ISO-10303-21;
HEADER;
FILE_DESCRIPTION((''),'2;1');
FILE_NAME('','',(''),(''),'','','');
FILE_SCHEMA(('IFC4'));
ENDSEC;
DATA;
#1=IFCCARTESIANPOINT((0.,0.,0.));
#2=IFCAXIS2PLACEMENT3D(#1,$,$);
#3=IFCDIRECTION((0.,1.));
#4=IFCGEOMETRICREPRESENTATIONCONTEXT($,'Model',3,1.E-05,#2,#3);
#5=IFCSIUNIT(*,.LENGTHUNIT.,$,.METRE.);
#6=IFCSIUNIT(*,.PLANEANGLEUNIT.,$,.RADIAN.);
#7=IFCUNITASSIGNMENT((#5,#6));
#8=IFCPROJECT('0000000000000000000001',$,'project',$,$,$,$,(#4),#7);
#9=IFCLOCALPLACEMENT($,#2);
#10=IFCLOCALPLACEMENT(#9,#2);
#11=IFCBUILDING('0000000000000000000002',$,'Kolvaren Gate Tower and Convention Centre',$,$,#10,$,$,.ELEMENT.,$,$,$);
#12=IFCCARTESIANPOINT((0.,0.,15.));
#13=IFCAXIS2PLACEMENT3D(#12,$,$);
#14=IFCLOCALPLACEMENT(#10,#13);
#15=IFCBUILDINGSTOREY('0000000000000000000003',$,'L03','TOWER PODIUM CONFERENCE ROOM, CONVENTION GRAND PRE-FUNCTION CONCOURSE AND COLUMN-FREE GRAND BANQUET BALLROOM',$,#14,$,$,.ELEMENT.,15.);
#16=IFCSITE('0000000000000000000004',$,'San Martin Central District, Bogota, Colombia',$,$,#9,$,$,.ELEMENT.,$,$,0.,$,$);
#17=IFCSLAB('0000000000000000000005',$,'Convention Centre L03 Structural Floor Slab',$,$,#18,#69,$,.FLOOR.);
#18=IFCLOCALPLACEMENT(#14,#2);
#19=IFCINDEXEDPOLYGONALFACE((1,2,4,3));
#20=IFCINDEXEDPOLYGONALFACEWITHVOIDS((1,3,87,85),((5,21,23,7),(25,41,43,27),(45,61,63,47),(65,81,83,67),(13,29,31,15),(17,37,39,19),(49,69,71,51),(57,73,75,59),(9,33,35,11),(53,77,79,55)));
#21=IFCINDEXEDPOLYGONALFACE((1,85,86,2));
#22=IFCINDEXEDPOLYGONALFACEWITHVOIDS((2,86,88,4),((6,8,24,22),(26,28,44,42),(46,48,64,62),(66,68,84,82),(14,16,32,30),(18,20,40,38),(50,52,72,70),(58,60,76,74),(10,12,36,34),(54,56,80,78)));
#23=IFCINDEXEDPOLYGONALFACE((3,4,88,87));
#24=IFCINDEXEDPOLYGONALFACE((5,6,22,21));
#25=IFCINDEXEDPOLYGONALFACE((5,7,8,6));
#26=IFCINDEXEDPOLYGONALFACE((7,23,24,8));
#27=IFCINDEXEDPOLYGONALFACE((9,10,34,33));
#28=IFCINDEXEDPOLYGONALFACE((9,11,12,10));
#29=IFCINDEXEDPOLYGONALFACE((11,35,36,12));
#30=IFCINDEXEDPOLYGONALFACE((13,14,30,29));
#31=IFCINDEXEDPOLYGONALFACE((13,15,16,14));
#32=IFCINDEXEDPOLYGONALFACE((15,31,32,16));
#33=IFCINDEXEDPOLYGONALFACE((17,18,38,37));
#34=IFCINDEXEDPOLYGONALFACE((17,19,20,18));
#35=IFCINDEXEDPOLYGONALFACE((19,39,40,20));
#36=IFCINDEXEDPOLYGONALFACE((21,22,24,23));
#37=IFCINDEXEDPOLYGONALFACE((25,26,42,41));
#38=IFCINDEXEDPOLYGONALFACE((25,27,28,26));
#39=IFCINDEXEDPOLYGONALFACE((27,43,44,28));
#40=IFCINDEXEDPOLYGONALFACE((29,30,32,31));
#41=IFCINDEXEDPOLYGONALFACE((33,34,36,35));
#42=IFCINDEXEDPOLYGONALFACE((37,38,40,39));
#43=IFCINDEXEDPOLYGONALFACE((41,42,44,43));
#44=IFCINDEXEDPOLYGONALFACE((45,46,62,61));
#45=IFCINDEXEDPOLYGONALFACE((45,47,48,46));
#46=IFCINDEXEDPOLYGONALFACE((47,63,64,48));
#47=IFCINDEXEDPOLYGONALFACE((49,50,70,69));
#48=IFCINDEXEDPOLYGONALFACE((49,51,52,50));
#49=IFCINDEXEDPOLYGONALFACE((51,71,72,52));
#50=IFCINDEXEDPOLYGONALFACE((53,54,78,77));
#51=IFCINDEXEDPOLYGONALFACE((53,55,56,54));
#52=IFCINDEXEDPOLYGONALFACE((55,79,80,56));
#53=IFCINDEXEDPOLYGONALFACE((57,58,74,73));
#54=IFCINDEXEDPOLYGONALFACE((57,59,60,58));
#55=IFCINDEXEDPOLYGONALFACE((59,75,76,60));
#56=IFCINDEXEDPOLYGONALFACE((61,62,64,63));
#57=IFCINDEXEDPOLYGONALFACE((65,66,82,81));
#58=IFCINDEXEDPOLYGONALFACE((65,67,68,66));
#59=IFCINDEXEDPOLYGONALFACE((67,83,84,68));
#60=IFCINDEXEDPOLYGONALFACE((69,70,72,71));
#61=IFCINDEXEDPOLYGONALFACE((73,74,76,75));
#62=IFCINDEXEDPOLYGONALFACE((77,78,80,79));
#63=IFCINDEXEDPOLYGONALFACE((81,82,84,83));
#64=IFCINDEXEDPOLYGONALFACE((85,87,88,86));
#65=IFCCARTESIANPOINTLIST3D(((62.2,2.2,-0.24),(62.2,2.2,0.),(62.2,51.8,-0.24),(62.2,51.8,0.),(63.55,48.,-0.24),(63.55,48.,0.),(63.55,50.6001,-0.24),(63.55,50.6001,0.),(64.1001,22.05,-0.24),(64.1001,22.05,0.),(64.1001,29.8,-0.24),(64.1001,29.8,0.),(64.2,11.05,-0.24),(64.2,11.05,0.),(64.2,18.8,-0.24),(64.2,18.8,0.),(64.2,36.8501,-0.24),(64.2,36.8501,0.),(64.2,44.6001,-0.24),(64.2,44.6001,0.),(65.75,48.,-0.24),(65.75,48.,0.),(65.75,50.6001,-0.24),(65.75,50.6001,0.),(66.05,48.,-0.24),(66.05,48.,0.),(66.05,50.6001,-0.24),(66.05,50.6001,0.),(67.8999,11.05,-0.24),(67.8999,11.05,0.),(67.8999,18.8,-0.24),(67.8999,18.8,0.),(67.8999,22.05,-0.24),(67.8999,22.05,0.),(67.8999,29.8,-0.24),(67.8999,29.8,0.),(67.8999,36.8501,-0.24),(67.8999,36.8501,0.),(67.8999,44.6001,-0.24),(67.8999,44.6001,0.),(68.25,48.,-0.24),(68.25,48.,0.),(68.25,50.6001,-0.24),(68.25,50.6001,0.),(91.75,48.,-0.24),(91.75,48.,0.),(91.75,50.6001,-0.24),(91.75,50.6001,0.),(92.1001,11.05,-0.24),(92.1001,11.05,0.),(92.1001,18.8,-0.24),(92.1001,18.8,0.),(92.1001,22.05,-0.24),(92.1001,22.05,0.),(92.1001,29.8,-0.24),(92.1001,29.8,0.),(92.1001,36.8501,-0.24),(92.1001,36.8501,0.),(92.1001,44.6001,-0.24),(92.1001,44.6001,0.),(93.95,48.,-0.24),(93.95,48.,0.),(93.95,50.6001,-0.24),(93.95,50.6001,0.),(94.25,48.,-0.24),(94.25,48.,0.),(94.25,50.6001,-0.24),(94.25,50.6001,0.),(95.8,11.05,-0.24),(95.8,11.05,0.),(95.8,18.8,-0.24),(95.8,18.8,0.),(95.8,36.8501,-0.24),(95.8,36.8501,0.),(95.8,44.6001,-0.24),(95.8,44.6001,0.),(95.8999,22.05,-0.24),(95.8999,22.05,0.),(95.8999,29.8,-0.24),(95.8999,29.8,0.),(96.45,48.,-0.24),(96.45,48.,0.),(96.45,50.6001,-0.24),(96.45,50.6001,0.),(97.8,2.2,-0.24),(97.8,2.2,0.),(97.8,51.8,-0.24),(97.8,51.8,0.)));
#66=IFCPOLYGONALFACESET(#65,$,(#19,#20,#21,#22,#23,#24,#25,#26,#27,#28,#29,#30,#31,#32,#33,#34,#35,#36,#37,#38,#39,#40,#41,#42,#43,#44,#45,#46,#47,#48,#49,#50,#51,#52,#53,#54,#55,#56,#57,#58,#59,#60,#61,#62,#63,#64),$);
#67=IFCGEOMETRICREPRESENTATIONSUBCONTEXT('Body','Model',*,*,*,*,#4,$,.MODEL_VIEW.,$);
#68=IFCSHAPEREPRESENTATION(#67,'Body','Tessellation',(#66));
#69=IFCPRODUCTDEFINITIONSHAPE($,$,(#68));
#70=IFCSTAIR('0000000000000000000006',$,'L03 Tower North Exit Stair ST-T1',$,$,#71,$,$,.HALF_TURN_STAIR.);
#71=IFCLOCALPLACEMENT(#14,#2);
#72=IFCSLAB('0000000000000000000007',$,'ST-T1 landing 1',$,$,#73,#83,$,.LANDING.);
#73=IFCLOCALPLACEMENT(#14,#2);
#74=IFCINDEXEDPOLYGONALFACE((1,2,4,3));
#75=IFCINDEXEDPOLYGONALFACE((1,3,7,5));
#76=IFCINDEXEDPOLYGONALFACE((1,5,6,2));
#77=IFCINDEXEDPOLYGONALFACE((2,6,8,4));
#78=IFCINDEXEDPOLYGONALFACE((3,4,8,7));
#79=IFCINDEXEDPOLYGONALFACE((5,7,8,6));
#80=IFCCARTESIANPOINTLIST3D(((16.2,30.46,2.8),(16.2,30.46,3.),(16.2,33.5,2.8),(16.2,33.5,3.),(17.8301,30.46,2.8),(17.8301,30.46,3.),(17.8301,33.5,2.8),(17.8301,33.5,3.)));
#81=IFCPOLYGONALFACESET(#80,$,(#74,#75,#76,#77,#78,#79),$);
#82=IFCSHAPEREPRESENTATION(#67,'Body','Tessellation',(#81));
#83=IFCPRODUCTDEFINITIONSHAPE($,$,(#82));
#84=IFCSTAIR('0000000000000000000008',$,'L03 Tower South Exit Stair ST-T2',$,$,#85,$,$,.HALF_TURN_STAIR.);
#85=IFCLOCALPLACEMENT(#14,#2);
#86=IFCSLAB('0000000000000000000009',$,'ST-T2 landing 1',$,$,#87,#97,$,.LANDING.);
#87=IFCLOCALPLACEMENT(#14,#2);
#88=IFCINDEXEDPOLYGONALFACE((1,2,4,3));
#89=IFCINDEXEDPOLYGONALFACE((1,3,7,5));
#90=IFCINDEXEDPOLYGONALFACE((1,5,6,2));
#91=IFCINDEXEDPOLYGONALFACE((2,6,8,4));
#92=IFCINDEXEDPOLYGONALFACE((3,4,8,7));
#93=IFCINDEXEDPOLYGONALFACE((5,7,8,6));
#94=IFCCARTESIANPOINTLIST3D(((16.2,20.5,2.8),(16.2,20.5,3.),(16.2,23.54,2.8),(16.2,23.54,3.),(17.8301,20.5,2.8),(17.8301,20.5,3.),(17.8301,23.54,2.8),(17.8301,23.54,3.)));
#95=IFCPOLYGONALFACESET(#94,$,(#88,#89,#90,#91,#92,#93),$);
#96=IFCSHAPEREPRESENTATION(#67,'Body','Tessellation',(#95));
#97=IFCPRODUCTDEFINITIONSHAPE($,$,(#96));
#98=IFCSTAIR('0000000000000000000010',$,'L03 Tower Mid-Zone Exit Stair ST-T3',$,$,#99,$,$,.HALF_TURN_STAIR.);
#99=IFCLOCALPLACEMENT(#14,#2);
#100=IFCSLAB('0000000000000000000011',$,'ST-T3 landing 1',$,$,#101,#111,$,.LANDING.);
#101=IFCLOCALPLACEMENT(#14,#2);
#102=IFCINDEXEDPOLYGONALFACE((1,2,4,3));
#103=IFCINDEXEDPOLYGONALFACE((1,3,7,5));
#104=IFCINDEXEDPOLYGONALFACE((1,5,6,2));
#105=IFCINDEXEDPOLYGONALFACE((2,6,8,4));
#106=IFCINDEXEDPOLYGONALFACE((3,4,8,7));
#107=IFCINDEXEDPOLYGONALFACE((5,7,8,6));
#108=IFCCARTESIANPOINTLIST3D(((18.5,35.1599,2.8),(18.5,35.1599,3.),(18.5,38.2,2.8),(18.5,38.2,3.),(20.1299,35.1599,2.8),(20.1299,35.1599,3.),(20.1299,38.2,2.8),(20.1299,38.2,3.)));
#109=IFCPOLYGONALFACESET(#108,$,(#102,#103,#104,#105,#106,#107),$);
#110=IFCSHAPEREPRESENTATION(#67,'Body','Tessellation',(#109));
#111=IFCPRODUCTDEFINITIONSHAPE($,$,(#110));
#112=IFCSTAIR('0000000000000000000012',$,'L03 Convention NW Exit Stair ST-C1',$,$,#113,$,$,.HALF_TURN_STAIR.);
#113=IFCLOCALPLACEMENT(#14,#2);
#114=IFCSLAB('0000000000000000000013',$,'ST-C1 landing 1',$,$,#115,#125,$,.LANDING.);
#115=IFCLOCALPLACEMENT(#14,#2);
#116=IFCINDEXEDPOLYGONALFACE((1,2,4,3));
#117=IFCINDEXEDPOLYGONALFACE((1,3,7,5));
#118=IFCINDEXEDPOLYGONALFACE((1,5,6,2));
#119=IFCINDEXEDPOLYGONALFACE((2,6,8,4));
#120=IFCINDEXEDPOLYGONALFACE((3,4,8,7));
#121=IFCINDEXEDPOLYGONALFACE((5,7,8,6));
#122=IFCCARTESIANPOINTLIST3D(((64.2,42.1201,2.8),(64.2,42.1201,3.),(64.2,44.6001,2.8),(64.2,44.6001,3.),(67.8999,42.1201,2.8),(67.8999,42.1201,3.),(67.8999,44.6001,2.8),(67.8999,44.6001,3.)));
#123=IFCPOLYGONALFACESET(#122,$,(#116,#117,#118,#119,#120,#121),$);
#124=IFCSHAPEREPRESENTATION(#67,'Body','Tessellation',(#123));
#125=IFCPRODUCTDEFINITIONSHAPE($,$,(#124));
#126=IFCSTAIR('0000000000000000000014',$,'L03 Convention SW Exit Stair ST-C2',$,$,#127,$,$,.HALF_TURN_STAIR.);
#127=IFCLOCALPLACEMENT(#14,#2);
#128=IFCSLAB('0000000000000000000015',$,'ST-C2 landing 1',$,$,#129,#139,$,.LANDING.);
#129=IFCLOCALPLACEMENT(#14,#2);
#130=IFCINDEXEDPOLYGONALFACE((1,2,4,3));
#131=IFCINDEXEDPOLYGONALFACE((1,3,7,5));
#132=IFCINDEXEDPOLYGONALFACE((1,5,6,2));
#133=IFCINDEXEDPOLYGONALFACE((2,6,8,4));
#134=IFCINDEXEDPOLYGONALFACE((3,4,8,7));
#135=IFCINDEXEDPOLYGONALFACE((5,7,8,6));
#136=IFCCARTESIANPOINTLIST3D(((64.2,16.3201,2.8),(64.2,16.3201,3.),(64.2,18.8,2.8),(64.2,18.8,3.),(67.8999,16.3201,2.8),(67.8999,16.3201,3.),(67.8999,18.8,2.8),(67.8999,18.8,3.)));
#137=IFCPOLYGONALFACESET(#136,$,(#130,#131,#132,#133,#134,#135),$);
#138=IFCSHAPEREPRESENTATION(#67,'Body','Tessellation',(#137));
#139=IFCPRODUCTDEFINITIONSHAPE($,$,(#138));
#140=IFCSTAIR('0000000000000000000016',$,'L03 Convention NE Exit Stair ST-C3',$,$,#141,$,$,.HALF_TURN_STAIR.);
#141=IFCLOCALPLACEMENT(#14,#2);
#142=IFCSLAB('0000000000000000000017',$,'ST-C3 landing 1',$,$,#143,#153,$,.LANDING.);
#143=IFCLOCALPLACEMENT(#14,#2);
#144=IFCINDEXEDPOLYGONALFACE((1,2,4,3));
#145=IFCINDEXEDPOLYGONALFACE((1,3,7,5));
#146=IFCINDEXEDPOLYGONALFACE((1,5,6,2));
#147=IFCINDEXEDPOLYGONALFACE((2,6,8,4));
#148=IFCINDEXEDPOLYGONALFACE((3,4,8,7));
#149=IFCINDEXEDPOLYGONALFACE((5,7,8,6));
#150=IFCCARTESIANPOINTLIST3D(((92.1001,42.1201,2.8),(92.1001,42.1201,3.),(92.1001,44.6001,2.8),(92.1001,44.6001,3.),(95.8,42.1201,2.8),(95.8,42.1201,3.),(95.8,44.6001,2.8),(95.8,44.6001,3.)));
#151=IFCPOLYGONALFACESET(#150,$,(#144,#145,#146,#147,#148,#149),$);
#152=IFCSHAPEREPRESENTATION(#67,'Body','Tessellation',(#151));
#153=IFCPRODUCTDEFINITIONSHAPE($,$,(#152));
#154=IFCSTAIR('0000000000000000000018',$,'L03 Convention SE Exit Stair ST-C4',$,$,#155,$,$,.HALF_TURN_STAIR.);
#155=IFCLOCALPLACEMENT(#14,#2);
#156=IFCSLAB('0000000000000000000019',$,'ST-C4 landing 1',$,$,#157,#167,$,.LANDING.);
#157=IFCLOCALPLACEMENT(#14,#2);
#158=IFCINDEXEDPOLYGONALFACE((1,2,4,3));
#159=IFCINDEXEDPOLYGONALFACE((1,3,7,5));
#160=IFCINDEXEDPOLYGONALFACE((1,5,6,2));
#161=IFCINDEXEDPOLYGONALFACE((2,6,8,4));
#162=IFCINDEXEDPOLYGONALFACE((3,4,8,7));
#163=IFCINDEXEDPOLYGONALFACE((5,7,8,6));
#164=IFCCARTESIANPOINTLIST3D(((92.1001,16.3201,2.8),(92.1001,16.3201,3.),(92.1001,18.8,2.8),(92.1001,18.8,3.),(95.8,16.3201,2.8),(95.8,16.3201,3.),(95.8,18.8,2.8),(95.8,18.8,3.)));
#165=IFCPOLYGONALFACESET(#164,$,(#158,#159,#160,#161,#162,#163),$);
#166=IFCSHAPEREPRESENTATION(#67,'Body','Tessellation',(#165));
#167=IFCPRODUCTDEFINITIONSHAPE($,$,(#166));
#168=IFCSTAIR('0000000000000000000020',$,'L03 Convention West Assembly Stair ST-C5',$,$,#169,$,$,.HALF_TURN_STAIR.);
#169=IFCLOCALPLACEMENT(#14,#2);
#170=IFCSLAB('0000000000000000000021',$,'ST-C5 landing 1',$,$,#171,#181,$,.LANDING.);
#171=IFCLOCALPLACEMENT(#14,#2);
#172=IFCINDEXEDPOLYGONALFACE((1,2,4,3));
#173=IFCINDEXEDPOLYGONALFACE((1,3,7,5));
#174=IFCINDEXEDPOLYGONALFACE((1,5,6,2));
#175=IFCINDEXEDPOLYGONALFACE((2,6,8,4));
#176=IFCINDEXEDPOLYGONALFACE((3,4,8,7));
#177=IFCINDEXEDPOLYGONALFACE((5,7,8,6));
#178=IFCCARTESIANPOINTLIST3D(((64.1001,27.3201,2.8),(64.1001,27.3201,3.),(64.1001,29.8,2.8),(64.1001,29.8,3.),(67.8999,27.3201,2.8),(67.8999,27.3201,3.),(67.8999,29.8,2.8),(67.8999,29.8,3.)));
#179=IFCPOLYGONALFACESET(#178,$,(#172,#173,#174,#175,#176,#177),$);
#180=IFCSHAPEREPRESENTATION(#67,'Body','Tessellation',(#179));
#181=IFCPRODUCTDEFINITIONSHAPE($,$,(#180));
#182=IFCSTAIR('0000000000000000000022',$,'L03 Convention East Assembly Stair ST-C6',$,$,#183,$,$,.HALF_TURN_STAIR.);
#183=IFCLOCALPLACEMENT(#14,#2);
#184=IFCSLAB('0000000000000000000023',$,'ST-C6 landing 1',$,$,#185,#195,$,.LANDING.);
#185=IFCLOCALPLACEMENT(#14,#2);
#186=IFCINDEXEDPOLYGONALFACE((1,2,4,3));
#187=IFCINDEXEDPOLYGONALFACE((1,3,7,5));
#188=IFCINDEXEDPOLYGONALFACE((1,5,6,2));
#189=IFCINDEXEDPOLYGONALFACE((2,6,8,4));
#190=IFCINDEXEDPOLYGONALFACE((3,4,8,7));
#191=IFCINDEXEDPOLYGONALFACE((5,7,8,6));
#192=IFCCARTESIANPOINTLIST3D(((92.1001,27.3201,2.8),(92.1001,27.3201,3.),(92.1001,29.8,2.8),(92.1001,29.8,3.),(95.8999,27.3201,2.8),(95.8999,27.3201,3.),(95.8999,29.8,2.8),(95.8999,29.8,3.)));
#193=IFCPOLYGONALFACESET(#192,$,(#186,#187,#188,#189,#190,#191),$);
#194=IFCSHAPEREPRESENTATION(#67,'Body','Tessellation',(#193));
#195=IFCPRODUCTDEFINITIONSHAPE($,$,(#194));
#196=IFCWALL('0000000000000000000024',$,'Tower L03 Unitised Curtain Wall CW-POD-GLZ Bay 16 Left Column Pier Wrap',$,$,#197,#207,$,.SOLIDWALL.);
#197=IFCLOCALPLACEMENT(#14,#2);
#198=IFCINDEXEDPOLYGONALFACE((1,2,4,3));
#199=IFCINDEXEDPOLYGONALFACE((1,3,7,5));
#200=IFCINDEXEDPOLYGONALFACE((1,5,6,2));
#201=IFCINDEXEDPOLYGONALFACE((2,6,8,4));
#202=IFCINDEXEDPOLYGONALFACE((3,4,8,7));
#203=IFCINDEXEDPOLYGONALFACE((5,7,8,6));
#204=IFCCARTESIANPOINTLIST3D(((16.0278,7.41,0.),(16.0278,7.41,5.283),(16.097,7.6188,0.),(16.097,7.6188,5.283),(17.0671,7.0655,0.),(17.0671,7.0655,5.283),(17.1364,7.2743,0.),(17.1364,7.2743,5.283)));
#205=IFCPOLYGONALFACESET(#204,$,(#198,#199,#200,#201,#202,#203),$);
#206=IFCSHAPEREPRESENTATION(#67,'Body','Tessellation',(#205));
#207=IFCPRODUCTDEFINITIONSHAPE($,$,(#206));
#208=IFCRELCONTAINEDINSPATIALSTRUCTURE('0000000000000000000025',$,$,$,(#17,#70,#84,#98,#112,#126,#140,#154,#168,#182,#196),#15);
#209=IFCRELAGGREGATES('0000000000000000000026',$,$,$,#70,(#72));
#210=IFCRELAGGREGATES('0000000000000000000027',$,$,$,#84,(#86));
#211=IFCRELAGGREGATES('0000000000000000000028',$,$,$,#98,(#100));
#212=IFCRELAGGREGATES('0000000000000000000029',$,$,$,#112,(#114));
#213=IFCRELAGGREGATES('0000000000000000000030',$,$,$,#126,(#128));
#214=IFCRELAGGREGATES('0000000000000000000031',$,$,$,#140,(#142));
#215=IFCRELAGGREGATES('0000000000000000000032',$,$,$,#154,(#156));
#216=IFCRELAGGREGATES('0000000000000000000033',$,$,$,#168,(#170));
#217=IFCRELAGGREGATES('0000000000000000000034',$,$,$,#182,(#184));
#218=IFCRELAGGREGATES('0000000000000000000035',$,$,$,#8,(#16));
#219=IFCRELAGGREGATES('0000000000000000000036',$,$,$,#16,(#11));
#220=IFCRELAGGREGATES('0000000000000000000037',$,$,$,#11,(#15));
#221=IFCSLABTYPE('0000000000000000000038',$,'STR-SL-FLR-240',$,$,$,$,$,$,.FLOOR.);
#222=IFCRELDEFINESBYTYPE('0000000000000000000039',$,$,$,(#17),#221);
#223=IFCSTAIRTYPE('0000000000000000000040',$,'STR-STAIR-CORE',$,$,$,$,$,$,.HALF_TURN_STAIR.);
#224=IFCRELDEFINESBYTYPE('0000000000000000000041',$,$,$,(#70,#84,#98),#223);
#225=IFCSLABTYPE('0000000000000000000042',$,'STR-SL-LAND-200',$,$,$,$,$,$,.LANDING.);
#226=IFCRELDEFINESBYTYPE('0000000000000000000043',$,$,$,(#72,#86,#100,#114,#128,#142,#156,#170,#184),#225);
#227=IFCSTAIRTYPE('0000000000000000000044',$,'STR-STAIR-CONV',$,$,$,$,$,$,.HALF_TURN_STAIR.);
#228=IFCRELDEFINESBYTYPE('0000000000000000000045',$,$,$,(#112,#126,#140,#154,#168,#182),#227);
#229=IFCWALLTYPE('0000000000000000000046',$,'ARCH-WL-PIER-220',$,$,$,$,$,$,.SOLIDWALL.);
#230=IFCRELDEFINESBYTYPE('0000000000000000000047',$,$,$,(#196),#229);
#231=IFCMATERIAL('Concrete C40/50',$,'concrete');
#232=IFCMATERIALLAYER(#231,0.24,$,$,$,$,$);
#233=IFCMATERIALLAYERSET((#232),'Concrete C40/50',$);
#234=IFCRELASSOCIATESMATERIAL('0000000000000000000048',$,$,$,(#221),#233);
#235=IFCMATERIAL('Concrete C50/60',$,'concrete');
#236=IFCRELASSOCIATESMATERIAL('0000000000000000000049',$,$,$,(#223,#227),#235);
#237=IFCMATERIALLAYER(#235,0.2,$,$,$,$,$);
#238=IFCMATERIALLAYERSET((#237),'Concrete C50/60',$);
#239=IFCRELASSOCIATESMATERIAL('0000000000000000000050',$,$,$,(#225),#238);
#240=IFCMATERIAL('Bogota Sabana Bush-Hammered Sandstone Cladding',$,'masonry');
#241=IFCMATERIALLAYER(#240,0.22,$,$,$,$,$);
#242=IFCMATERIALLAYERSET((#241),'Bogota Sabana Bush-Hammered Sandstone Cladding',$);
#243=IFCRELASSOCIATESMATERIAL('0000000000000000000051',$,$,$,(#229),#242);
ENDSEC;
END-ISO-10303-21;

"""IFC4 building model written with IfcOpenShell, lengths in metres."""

from ifc_helpers import new_model, si_unit, direction, frame, frame_2d, origin, place, context, subcontext, project, spatial, polyline, rectangle, outline, extrude, material, layer, layer_set, type_object, element, aggregate, save


model = new_model("IFC4")

# Units and contexts
model_context = context("Model", 3, precision=1e-05, world=origin(), true_north=direction((0.0, 1.0)))
body_context = subcontext(model_context, "Body", "Model", "MODEL_VIEW")
ifc_project = project(units=[si_unit("LENGTHUNIT", "METRE"), si_unit("PLANEANGLEUNIT", "RADIAN")], contexts=[model_context])

# Site, building, storey
site_placement = place(None, origin())
site = spatial("IfcSite", under=ifc_project, at=site_placement, Name="San Martin Central District, Bogota, Colombia", CompositionType="ELEMENT", RefElevation=0.0)
building_placement = place(site_placement, origin())
building = spatial("IfcBuilding", under=site, at=building_placement, Name="Kolvaren Gate Tower and Convention Centre", CompositionType="ELEMENT")
storey_placement = place(building_placement, frame((0.0, 0.0, 15.0)))
storey = spatial("IfcBuildingStorey", under=building, at=storey_placement, Name="L03", Description="TOWER PODIUM CONFERENCE ROOM, CONVENTION GRAND PRE-FUNCTION CONCOURSE AND COLUMN-FREE GRAND BANQUET BALLROOM", CompositionType="ELEMENT", Elevation=15.0)

# Slab
ifc_material_1 = material(Name="Concrete C40/50", Category="concrete")
ifc_layer_1 = layer(ifc_material_1, 0.24)
ifc_layer_set_1 = layer_set([ifc_layer_1], Name="Concrete C40/50")
slab_type_1 = type_object("IfcSlabType", Name="STR-SL-FLR-240", PredefinedType="FLOOR", material=ifc_layer_set_1)
slab_1_placement = place(storey_placement, frame((0.0, 0.0, -0.24)))
element("IfcSlab", 1, at=slab_1_placement, inside=storey, type_object=slab_type_1, Name="Convention Centre L03 Structural Floor Slab", PredefinedType="FLOOR", context=body_context, shape_type="SweptSolid", body=[
    extrude(outline(polyline([(62.2, 2.2), (97.8, 2.2), (97.8, 51.8), (62.2, 51.8), (62.2, 2.2)]), holes=[polyline([(94.25, 48.0), (94.25, 50.6001), (96.45, 50.6001), (96.45, 48.0), (94.25, 48.0)]), polyline([(95.8999, 22.05), (92.1001, 22.05), (92.1001, 29.8), (95.8999, 29.8), (95.8999, 22.05)]), polyline([(95.8, 18.8), (95.8, 11.05), (92.1001, 11.05), (92.1001, 18.8), (95.8, 18.8)]), polyline([(95.8, 44.6001), (95.8, 36.8501), (92.1001, 36.8501), (92.1001, 44.6001), (95.8, 44.6001)]), polyline([(91.75, 48.0), (91.75, 50.6001), (93.95, 50.6001), (93.95, 48.0), (91.75, 48.0)]), polyline([(68.25, 48.0), (66.05, 48.0), (66.05, 50.6001), (68.25, 50.6001), (68.25, 48.0)]), polyline([(67.8999, 18.8), (67.8999, 11.05), (64.2, 11.05), (64.2, 18.8), (67.8999, 18.8)]), polyline([(67.8999, 29.8), (67.8999, 22.05), (64.1001, 22.05), (64.1001, 29.8), (67.8999, 29.8)]), polyline([(67.8999, 36.8501), (64.2, 36.8501), (64.2, 44.6001), (67.8999, 44.6001), (67.8999, 36.8501)]), polyline([(65.75, 48.0), (63.55, 48.0), (63.55, 50.6001), (65.75, 50.6001), (65.75, 48.0)])]), origin(), (0.0, 0.0, 1.0), 0.24),
])

# Stairs, slabs
ifc_material_2 = material(Name="Concrete C50/60", Category="concrete")
stair_type_1 = type_object("IfcStairType", Name="STR-STAIR-CORE", PredefinedType="HALF_TURN_STAIR", material=ifc_material_2)
stair_1_placement = place(storey_placement, origin())
stair_1 = element("IfcStair", 2, at=stair_1_placement, inside=storey, type_object=stair_type_1, Name="L03 Tower North Exit Stair ST-T1", PredefinedType="HALF_TURN_STAIR")
ifc_layer_2 = layer(ifc_material_2, 0.2)
ifc_layer_set_2 = layer_set([ifc_layer_2], Name="Concrete C50/60")
slab_type_2 = type_object("IfcSlabType", Name="STR-SL-LAND-200", PredefinedType="LANDING", material=ifc_layer_set_2)
slab_2_placement = place(storey_placement, frame((0.0, 0.0, 2.8)))
slab_2 = element("IfcSlab", 3, at=slab_2_placement, type_object=slab_type_2, Name="ST-T1 landing 1", PredefinedType="LANDING", context=body_context, shape_type="SweptSolid", body=[
    extrude(outline(polyline([(17.8301, 33.5), (16.2, 33.5), (16.2, 30.46), (17.8301, 30.46), (17.8301, 33.5)])), origin(), (0.0, 0.0, 1.0), 0.2),
])
aggregate(stair_1, [slab_2])
stair_2_placement = place(storey_placement, origin())
stair_2 = element("IfcStair", 4, at=stair_2_placement, inside=storey, type_object=stair_type_1, Name="L03 Tower South Exit Stair ST-T2", PredefinedType="HALF_TURN_STAIR")
slab_3_placement = place(storey_placement, frame((0.0, 0.0, 2.8)))
slab_3 = element("IfcSlab", 5, at=slab_3_placement, type_object=slab_type_2, Name="ST-T2 landing 1", PredefinedType="LANDING", context=body_context, shape_type="SweptSolid", body=[
    extrude(outline(polyline([(17.8301, 23.54), (16.2, 23.54), (16.2, 20.5), (17.8301, 20.5), (17.8301, 23.54)])), origin(), (0.0, 0.0, 1.0), 0.2),
])
aggregate(stair_2, [slab_3])
stair_3_placement = place(storey_placement, origin())
stair_3 = element("IfcStair", 6, at=stair_3_placement, inside=storey, type_object=stair_type_1, Name="L03 Tower Mid-Zone Exit Stair ST-T3", PredefinedType="HALF_TURN_STAIR")
slab_4_placement = place(storey_placement, frame((0.0, 0.0, 2.8)))
slab_4 = element("IfcSlab", 7, at=slab_4_placement, type_object=slab_type_2, Name="ST-T3 landing 1", PredefinedType="LANDING", context=body_context, shape_type="SweptSolid", body=[
    extrude(outline(polyline([(20.1299, 38.2), (18.5, 38.2), (18.5, 35.1599), (20.1299, 35.1599), (20.1299, 38.2)])), origin(), (0.0, 0.0, 1.0), 0.2),
])
aggregate(stair_3, [slab_4])
stair_type_2 = type_object("IfcStairType", Name="STR-STAIR-CONV", PredefinedType="HALF_TURN_STAIR", material=ifc_material_2)
stair_4_placement = place(storey_placement, origin())
stair_4 = element("IfcStair", 8, at=stair_4_placement, inside=storey, type_object=stair_type_2, Name="L03 Convention NW Exit Stair ST-C1", PredefinedType="HALF_TURN_STAIR")
slab_5_placement = place(storey_placement, frame((0.0, 0.0, 2.8)))
slab_5 = element("IfcSlab", 9, at=slab_5_placement, type_object=slab_type_2, Name="ST-C1 landing 1", PredefinedType="LANDING", context=body_context, shape_type="SweptSolid", body=[
    extrude(outline(polyline([(67.8999, 42.1201), (67.8999, 44.6001), (64.2, 44.6001), (64.2, 42.1201), (67.8999, 42.1201)])), origin(), (0.0, 0.0, 1.0), 0.2),
])
aggregate(stair_4, [slab_5])
stair_5_placement = place(storey_placement, origin())
stair_5 = element("IfcStair", 10, at=stair_5_placement, inside=storey, type_object=stair_type_2, Name="L03 Convention SW Exit Stair ST-C2", PredefinedType="HALF_TURN_STAIR")
slab_6_placement = place(storey_placement, frame((0.0, 0.0, 2.8)))
slab_6 = element("IfcSlab", 11, at=slab_6_placement, type_object=slab_type_2, Name="ST-C2 landing 1", PredefinedType="LANDING", context=body_context, shape_type="SweptSolid", body=[
    extrude(outline(polyline([(67.8999, 16.3201), (67.8999, 18.8), (64.2, 18.8), (64.2, 16.3201), (67.8999, 16.3201)])), origin(), (0.0, 0.0, 1.0), 0.2),
])
aggregate(stair_5, [slab_6])
stair_6_placement = place(storey_placement, origin())
stair_6 = element("IfcStair", 12, at=stair_6_placement, inside=storey, type_object=stair_type_2, Name="L03 Convention NE Exit Stair ST-C3", PredefinedType="HALF_TURN_STAIR")
slab_7_placement = place(storey_placement, frame((0.0, 0.0, 2.8)))
slab_7 = element("IfcSlab", 13, at=slab_7_placement, type_object=slab_type_2, Name="ST-C3 landing 1", PredefinedType="LANDING", context=body_context, shape_type="SweptSolid", body=[
    extrude(outline(polyline([(95.8, 42.1201), (95.8, 44.6001), (92.1001, 44.6001), (92.1001, 42.1201), (95.8, 42.1201)])), origin(), (0.0, 0.0, 1.0), 0.2),
])
aggregate(stair_6, [slab_7])
stair_7_placement = place(storey_placement, origin())
stair_7 = element("IfcStair", 14, at=stair_7_placement, inside=storey, type_object=stair_type_2, Name="L03 Convention SE Exit Stair ST-C4", PredefinedType="HALF_TURN_STAIR")
slab_8_placement = place(storey_placement, frame((0.0, 0.0, 2.8)))
slab_8 = element("IfcSlab", 15, at=slab_8_placement, type_object=slab_type_2, Name="ST-C4 landing 1", PredefinedType="LANDING", context=body_context, shape_type="SweptSolid", body=[
    extrude(outline(polyline([(95.8, 16.3201), (95.8, 18.8), (92.1001, 18.8), (92.1001, 16.3201), (95.8, 16.3201)])), origin(), (0.0, 0.0, 1.0), 0.2),
])
aggregate(stair_7, [slab_8])
stair_8_placement = place(storey_placement, origin())
stair_8 = element("IfcStair", 16, at=stair_8_placement, inside=storey, type_object=stair_type_2, Name="L03 Convention West Assembly Stair ST-C5", PredefinedType="HALF_TURN_STAIR")
slab_9_placement = place(storey_placement, frame((0.0, 0.0, 2.8)))
slab_9 = element("IfcSlab", 17, at=slab_9_placement, type_object=slab_type_2, Name="ST-C5 landing 1", PredefinedType="LANDING", context=body_context, shape_type="SweptSolid", body=[
    extrude(outline(polyline([(67.8999, 27.3201), (67.8999, 29.8), (64.1001, 29.8), (64.1001, 27.3201), (67.8999, 27.3201)])), origin(), (0.0, 0.0, 1.0), 0.2),
])
aggregate(stair_8, [slab_9])
stair_9_placement = place(storey_placement, origin())
stair_9 = element("IfcStair", 18, at=stair_9_placement, inside=storey, type_object=stair_type_2, Name="L03 Convention East Assembly Stair ST-C6", PredefinedType="HALF_TURN_STAIR")
slab_10_placement = place(storey_placement, frame((0.0, 0.0, 2.8)))
slab_10 = element("IfcSlab", 19, at=slab_10_placement, type_object=slab_type_2, Name="ST-C6 landing 1", PredefinedType="LANDING", context=body_context, shape_type="SweptSolid", body=[
    extrude(outline(polyline([(95.8999, 27.3201), (95.8999, 29.8), (92.1001, 29.8), (92.1001, 27.3201), (95.8999, 27.3201)])), origin(), (0.0, 0.0, 1.0), 0.2),
])
aggregate(stair_9, [slab_10])

# Wall
ifc_material_3 = material(Name="Bogota Sabana Bush-Hammered Sandstone Cladding", Category="masonry")
ifc_layer_3 = layer(ifc_material_3, 0.22)
ifc_layer_set_3 = layer_set([ifc_layer_3], Name="Bogota Sabana Bush-Hammered Sandstone Cladding")
wall_type = type_object("IfcWallType", Name="ARCH-WL-PIER-220", PredefinedType="SOLIDWALL", material=ifc_layer_set_3)
wall_placement = place(storey_placement, frame((16.0625, 7.5144, 0.0), z_axis=(0.0, 0.0, 1.0), x_axis=(0.949217, -0.314622, 0.0)))
element("IfcWall", 20, at=wall_placement, inside=storey, type_object=wall_type, Name="Tower L03 Unitised Curtain Wall CW-POD-GLZ Bay 16 Left Column Pier Wrap", PredefinedType="SOLIDWALL", context=body_context, shape_type="SweptSolid", body=[
    extrude(rectangle(XDim=1.095, YDim=0.22, at=frame_2d((0.5474, 0.0))), origin(), (0.0, 0.0, 1.0), 5.283),
])

save(model, "model.ifc")
